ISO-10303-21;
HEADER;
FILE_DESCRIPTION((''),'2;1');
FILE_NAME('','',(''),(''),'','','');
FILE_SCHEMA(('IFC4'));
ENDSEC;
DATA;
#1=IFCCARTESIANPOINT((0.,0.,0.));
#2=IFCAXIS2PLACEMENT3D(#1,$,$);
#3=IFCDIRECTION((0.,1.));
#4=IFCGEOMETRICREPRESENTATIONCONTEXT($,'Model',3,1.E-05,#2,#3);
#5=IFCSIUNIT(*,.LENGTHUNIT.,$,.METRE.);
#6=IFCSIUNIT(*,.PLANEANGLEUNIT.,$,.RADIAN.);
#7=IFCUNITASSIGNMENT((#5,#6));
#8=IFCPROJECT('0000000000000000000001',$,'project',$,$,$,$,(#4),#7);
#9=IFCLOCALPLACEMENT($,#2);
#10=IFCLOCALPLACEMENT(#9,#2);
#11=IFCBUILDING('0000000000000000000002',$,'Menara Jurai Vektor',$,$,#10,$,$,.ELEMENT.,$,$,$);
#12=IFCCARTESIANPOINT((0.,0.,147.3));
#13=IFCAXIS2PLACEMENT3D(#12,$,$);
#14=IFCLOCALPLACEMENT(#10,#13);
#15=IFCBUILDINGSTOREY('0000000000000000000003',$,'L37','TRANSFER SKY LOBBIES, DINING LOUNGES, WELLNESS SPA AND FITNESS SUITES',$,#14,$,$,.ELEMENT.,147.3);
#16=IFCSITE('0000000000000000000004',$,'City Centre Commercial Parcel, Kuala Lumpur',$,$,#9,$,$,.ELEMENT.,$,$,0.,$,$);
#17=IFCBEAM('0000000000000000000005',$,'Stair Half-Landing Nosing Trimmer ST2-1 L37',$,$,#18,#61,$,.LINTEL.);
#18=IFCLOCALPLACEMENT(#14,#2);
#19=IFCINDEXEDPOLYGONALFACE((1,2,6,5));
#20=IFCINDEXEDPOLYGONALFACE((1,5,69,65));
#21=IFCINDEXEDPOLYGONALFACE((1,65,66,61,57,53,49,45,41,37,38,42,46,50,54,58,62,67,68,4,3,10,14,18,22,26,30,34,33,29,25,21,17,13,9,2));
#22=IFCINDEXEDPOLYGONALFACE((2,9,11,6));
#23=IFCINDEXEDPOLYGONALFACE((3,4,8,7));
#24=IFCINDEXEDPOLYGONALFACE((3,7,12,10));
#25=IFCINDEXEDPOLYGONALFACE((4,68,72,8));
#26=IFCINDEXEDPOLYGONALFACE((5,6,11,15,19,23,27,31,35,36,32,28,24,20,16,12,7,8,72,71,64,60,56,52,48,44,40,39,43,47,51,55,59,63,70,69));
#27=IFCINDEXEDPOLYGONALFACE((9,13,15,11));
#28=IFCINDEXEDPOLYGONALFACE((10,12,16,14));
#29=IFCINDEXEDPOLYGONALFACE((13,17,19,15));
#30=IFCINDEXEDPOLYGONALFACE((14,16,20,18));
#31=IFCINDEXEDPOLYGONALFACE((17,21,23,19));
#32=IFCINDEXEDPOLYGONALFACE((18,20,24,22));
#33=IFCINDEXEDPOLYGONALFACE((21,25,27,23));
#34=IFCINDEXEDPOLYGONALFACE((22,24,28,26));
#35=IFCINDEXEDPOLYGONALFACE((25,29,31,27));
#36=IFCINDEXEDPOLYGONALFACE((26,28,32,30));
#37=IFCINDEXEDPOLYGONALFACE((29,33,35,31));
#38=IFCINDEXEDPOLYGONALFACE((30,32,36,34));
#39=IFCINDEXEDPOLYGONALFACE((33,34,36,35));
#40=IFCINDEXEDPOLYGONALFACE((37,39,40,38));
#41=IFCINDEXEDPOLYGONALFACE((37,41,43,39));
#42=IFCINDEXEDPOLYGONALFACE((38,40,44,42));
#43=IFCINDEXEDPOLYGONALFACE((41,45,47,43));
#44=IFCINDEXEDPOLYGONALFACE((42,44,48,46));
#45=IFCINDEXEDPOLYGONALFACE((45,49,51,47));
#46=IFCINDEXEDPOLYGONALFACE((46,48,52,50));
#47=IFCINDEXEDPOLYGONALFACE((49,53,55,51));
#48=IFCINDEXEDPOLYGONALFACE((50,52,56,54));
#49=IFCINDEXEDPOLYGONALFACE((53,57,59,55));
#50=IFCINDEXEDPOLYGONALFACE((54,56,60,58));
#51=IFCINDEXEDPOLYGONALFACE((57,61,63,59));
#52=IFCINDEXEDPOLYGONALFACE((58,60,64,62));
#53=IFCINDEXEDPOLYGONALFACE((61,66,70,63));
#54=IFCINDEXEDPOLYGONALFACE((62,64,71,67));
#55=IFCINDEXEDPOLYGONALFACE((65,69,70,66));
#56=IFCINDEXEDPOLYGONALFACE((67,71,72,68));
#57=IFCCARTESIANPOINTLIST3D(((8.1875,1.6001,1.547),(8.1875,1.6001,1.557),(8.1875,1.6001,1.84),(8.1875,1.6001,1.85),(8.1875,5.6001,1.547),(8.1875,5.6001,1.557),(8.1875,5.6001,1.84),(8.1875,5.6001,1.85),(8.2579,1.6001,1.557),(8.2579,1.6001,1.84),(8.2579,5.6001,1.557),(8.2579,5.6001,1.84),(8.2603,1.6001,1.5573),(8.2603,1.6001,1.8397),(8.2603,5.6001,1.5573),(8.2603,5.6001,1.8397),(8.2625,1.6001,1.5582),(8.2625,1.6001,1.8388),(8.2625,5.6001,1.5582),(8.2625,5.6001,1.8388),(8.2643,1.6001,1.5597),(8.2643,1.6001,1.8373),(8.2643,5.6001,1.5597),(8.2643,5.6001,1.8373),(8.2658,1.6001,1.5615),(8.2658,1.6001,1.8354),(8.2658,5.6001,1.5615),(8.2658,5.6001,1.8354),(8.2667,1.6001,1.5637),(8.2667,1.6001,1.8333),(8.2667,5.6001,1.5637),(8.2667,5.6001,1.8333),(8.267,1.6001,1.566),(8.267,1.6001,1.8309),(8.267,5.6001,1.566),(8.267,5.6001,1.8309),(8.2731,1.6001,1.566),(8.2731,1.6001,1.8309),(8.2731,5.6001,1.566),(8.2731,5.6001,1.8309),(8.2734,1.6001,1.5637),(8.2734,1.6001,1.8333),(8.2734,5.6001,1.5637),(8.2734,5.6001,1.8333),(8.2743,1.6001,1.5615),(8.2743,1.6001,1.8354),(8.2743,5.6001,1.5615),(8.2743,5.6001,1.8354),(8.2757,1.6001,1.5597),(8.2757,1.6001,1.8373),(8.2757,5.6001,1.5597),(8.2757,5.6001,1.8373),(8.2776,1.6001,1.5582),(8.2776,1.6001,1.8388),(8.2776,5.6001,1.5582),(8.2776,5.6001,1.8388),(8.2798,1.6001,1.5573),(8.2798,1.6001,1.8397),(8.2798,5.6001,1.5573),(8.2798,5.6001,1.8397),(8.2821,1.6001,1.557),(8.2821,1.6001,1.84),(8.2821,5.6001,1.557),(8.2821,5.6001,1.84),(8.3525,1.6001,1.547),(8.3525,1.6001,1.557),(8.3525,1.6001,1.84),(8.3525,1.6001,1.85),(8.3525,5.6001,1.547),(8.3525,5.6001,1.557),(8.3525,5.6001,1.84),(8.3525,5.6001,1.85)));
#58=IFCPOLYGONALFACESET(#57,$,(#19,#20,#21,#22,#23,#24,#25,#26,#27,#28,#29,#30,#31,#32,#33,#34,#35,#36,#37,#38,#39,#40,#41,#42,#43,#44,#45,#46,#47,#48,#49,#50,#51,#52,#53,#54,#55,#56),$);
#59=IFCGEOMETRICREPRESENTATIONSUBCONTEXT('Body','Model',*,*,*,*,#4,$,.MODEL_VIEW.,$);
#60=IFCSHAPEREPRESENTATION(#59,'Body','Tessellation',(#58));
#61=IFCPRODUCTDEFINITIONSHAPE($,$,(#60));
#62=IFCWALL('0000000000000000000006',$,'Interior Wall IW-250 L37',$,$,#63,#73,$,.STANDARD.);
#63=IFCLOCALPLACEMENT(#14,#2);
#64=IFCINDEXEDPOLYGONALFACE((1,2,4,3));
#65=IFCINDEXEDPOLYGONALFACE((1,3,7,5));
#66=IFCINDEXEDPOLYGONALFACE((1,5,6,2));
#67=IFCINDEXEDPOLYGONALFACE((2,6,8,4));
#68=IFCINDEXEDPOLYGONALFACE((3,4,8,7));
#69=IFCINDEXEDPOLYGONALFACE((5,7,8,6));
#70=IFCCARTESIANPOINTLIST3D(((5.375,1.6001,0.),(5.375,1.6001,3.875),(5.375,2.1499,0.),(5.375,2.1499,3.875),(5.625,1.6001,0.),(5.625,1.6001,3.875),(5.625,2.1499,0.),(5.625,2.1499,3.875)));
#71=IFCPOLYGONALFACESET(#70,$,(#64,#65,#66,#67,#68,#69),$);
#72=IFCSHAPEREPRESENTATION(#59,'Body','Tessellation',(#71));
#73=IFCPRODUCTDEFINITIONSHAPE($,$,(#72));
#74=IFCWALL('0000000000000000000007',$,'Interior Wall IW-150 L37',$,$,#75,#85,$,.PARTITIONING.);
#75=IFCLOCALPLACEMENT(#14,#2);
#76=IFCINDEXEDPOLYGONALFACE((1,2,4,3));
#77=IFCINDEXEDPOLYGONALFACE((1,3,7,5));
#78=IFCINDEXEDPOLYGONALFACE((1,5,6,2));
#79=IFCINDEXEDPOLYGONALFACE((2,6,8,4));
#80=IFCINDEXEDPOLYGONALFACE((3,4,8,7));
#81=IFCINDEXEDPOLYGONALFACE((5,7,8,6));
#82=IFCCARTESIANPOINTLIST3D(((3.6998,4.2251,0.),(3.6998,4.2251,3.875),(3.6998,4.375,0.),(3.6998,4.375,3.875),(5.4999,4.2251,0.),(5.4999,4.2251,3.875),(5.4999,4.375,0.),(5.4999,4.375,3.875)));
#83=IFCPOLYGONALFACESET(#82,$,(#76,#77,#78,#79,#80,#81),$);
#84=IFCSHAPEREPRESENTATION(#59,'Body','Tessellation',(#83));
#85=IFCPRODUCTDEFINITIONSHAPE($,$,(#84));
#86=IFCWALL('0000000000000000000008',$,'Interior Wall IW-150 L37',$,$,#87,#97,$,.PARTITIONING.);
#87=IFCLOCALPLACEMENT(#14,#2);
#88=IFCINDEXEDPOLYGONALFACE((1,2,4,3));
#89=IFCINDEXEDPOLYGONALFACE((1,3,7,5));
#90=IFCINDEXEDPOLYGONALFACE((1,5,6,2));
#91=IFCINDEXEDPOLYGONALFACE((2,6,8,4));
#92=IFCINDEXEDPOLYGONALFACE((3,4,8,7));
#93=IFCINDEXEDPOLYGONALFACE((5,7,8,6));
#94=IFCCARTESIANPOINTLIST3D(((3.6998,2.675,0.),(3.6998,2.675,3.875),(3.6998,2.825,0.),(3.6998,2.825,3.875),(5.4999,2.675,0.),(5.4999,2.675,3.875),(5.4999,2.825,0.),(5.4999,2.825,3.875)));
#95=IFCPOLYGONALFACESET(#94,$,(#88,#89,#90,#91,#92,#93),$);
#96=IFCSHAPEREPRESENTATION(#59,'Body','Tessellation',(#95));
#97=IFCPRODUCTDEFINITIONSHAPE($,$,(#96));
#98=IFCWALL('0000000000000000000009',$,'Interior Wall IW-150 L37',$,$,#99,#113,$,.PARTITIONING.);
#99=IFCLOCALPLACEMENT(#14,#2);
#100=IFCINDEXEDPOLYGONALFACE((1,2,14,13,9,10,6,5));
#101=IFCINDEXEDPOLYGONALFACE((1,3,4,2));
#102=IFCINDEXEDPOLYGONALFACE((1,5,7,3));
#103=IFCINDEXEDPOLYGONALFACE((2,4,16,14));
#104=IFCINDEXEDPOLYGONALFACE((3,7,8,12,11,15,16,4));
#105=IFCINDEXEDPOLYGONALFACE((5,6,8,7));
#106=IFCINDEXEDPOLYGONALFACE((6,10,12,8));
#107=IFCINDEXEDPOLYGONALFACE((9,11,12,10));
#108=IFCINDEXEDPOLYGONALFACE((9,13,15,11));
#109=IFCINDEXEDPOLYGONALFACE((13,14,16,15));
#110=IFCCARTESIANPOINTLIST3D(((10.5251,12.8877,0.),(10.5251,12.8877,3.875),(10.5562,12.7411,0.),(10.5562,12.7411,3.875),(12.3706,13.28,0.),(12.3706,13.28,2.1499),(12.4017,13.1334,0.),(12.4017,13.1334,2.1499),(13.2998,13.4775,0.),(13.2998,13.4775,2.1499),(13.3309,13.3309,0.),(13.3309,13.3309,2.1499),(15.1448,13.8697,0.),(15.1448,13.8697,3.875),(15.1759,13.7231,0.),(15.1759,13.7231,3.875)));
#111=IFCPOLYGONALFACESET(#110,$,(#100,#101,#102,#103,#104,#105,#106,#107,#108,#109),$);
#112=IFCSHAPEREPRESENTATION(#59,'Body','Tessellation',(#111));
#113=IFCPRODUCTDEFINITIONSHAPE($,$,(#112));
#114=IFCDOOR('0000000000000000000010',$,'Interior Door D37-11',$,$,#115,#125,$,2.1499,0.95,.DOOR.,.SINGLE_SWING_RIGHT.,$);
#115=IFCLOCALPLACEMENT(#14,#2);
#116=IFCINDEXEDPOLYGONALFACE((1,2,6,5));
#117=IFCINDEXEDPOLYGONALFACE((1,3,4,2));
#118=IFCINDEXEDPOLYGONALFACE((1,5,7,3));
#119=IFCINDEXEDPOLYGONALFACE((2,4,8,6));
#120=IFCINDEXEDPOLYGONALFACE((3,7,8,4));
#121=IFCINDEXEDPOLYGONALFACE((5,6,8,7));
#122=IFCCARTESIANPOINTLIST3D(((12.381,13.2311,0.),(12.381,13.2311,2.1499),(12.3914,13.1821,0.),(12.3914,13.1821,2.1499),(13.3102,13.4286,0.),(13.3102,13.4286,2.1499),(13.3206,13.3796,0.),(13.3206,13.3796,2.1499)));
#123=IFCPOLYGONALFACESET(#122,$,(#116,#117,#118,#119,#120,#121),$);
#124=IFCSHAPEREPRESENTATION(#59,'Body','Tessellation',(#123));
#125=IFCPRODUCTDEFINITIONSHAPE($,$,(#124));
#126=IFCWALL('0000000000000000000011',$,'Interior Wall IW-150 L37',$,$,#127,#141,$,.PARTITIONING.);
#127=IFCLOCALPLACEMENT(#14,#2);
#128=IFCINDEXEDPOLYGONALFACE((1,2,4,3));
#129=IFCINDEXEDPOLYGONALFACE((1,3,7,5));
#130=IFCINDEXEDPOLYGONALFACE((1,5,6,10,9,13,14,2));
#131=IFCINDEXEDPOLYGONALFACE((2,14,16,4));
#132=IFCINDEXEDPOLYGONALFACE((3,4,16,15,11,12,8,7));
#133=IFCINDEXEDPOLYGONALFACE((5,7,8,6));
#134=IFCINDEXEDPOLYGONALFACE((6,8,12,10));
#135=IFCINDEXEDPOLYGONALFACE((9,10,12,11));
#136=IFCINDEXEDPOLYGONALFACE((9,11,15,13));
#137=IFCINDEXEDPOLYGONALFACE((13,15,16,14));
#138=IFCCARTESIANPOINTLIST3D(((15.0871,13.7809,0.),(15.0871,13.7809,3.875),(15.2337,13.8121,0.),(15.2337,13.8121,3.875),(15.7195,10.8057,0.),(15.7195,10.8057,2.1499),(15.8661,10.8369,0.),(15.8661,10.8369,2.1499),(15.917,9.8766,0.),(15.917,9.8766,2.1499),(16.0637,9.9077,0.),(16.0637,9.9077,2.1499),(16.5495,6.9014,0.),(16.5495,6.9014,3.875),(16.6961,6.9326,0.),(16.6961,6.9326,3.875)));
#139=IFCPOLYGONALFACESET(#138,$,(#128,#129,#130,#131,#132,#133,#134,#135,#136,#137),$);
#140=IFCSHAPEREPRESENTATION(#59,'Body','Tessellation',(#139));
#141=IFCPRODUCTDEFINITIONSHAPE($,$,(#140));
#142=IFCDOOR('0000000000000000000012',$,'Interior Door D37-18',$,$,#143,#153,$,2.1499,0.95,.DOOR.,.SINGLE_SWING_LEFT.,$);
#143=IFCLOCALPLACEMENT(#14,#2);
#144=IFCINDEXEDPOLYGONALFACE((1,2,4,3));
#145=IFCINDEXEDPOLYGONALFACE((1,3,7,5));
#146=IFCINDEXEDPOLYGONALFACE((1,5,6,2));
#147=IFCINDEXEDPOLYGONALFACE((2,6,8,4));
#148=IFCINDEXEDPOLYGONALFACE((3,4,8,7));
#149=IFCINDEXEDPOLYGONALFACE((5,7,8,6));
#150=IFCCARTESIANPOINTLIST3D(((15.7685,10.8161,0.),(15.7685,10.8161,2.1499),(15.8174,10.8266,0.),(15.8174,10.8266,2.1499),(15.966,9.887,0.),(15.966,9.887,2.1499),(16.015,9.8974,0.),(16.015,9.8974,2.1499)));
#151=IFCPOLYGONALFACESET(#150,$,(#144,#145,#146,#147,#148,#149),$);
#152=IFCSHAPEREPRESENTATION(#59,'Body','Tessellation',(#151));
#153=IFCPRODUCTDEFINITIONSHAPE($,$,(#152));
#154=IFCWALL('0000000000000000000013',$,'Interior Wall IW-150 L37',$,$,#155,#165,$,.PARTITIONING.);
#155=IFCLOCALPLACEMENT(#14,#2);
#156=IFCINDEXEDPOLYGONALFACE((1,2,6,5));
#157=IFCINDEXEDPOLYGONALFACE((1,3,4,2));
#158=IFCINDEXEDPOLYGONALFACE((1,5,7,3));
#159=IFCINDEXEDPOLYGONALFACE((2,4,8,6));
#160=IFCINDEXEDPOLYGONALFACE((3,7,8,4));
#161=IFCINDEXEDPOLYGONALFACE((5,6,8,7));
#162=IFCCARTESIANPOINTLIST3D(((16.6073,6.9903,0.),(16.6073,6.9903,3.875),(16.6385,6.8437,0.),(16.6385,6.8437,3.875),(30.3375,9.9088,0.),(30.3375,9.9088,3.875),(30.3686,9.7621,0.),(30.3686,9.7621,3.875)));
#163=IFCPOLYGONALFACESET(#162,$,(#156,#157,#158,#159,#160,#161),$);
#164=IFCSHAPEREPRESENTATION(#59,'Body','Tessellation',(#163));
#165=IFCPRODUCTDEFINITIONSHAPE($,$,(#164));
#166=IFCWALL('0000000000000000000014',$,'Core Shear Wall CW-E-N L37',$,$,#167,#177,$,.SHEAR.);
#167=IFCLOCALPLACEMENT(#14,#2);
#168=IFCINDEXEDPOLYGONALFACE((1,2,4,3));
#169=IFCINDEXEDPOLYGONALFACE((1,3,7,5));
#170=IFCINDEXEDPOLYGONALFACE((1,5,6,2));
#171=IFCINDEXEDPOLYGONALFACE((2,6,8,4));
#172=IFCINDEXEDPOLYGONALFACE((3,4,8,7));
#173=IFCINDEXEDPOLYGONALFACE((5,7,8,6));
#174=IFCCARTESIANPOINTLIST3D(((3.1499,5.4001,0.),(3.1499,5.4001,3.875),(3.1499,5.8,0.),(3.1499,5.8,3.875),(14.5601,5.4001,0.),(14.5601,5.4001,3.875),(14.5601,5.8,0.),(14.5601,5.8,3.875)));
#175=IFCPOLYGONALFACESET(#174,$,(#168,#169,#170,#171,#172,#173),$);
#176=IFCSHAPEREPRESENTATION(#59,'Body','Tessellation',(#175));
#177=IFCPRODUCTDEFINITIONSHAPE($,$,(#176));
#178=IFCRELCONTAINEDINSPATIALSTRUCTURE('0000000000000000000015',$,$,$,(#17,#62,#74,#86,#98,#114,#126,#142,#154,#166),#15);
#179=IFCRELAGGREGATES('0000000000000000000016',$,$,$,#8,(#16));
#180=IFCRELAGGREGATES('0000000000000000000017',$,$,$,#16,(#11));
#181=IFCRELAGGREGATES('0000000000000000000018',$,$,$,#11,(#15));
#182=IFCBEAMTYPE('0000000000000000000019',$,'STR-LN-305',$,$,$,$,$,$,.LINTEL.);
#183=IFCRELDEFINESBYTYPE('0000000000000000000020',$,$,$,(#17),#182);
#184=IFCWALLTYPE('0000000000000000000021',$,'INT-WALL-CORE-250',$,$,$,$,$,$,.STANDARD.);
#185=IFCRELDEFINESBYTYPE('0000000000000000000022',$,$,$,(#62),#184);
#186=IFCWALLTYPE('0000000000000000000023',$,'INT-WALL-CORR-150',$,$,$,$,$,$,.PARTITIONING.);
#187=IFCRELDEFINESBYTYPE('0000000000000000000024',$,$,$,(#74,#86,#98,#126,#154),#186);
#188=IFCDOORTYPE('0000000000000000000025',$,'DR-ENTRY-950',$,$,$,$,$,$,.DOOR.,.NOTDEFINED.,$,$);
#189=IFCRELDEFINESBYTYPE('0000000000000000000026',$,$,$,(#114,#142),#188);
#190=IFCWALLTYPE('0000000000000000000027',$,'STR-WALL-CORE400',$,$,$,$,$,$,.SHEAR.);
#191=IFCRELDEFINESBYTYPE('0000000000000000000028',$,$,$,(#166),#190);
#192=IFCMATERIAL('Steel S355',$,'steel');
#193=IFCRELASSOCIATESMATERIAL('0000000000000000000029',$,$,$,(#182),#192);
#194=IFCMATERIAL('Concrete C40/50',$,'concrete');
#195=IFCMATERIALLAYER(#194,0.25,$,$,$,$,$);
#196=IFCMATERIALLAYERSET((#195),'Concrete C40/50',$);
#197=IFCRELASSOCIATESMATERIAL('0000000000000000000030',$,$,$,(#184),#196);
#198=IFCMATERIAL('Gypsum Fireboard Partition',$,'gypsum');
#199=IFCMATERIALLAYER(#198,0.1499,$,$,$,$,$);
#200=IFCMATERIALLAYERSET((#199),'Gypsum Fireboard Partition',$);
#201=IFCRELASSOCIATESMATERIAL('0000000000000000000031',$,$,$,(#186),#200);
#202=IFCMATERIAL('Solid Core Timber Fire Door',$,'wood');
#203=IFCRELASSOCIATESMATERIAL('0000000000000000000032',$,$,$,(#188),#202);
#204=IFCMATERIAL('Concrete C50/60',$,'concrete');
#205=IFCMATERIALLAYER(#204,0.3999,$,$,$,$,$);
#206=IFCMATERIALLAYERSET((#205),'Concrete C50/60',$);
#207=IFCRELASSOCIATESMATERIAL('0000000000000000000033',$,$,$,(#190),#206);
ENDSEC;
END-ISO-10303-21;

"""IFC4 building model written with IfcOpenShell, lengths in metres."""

from ifc_helpers import new_model, si_unit, direction, frame, frame_2d, origin, origin_2d, place, context, subcontext, project, spatial, rectangle, i_section, extrude, material, layer, layer_set, material_profile, profile_set, type_object, element, fill, save


model = new_model("IFC4")

# Units and contexts
model_context = context("Model", 3, precision=1e-05, world=origin(), true_north=direction((0.0, 1.0)))
body_context = subcontext(model_context, "Body", "Model", "MODEL_VIEW")
ifc_project = project(units=[si_unit("LENGTHUNIT", "METRE"), si_unit("PLANEANGLEUNIT", "RADIAN")], contexts=[model_context])

# Site, building, storey
site_placement = place(None, origin())
site = spatial("IfcSite", under=ifc_project, at=site_placement, Name="City Centre Commercial Parcel, Kuala Lumpur", CompositionType="ELEMENT", RefElevation=0.0)
building_placement = place(site_placement, origin())
building = spatial("IfcBuilding", under=site, at=building_placement, Name="Menara Jurai Vektor", CompositionType="ELEMENT")
storey_placement = place(building_placement, frame((0.0, 0.0, 147.3)))
storey = spatial("IfcBuildingStorey", under=building, at=storey_placement, Name="L37", Description="TRANSFER SKY LOBBIES, DINING LOUNGES, WELLNESS SPA AND FITNESS SUITES", CompositionType="ELEMENT", Elevation=147.3)

# Shared definitions
ifc_material_1 = material(Name="Concrete C50/60", Category="concrete")
ifc_material_2 = material(Name="Steel S355", Category="steel")

# Beam
ifc_material_profile_1 = material_profile(ifc_material_2, i_section(OverallWidth=0.165, OverallDepth=0.303, WebThickness=0.0061, FlangeThickness=0.01, FilletRadius=0.009, at=origin_2d()), Name="UKB 305x165x40")
ifc_profile_set_1 = profile_set([ifc_material_profile_1], Name="Steel S355")
beam_type_1 = type_object("IfcBeamType", Name="STR-LN-305", PredefinedType="LINTEL", material=ifc_profile_set_1)
beam_1_placement = place(storey_placement, frame((8.27, 1.6001, 1.6985), z_axis=(0.0, 1.0, 0.0), x_axis=(-1.0, 0.0, 0.0)))
element("IfcBeam", 1, at=beam_1_placement, inside=storey, type_object=beam_type_1, Name="Stair Half-Landing Nosing Trimmer ST2-1 L37", PredefinedType="LINTEL", context=body_context, shape_type="SweptSolid", body=[
    extrude(i_section(OverallWidth=0.165, OverallDepth=0.303, WebThickness=0.0061, FlangeThickness=0.01, FilletRadius=0.009, at=origin_2d()), origin(), (0.0, 0.0, 1.0), 4.0),
])

# Shared definitions
ifc_material_3 = material(Name="Concrete C40/50", Category="concrete")
ifc_layer_1 = layer(ifc_material_3, 0.25)
ifc_layer_set_1 = layer_set([ifc_layer_1], Name="Concrete C40/50")
wall_type_1 = type_object("IfcWallType", Name="INT-WALL-CORE-250", PredefinedType="STANDARD", material=ifc_layer_set_1)

# Walls
wall_1_placement = place(storey_placement, frame((5.5, 1.6001, 0.0), z_axis=(0.0, 0.0, 1.0), x_axis=(0.0, 1.0, 0.0)))
element("IfcWall", 2, at=wall_1_placement, inside=storey, type_object=wall_type_1, Name="Interior Wall IW-250 L37", PredefinedType="STANDARD", context=body_context, shape_type="SweptSolid", body=[
    extrude(rectangle(XDim=0.5498, YDim=0.25, at=frame_2d((0.2749, 0.0))), origin(), (0.0, 0.0, 1.0), 3.875),
])
ifc_material_4 = material(Name="Gypsum Fireboard Partition", Category="gypsum")
ifc_layer_2 = layer(ifc_material_4, 0.1499)
ifc_layer_set_2 = layer_set([ifc_layer_2], Name="Gypsum Fireboard Partition")
wall_type_2 = type_object("IfcWallType", Name="INT-WALL-CORR-150", PredefinedType="PARTITIONING", material=ifc_layer_set_2)
for number, where, z_axis, x_axis, name in (
    (3, (3.7, 4.3, 0.0), (0.0, 0.0, 1.0), (1.0, 0.0, 0.0), "Interior Wall IW-150 L37"),
    (4, (3.7, 2.75, 0.0), (0.0, 0.0, 1.0), (1.0, 0.0, 0.0), "Interior Wall IW-150 L37"),
):
    element("IfcWall", number, at=place(storey_placement, frame(where, z_axis=z_axis, x_axis=x_axis)), inside=storey, type_object=wall_type_2, Name=name, PredefinedType="PARTITIONING", context=body_context, shape_type="SweptSolid", body=[
        extrude(rectangle(XDim=1.8, YDim=0.1499, at=frame_2d((0.8999, 0.0))), origin(), (0.0, 0.0, 1.0), 3.875),
    ])

# Walls, openings, doors
wall_2_placement = place(storey_placement, frame((10.5408, 12.8145, 0.0), z_axis=(0.0, 0.0, 1.0), x_axis=(0.978148, 0.207912, 0.0)))
wall_2 = element("IfcWall", 5, at=wall_2_placement, inside=storey, type_object=wall_type_2, Name="Interior Wall IW-150 L37", PredefinedType="PARTITIONING", context=body_context, shape_type="SweptSolid", body=[
    extrude(rectangle(XDim=4.7229, YDim=0.1499, at=frame_2d((2.3613, 0.0))), origin(), (0.0, 0.0, 1.0), 3.875),
])
opening_1_placement = place(wall_2_placement, frame((1.8865, 0.0, 0.0)))
opening_1 = element("IfcOpeningElement", 6, at=opening_1_placement, cuts=wall_2, PredefinedType="OPENING", context=body_context, shape_type="SweptSolid", body=[
    extrude(rectangle(XDim=0.95, YDim=2.1499, at=frame_2d((0.4751, 1.075))), frame((0.0, 0.085, 0.0), z_axis=(0.0, -1.0, 0.0), x_axis=(1.0, 0.0, 0.0)), (0.0, 0.0, 1.0), 0.1699),
])
ifc_material_5 = material(Name="Solid Core Timber Fire Door", Category="wood")
door_type_1 = type_object("IfcDoorType", Name="DR-ENTRY-950", OperationType="NOTDEFINED", PredefinedType="DOOR", material=ifc_material_5)
door_1_placement = place(opening_1_placement, origin())
door_1 = element("IfcDoor", 7, at=door_1_placement, inside=storey, type_object=door_type_1, Name="Interior Door D37-11", OperationType="SINGLE_SWING_RIGHT", OverallHeight=2.1499, OverallWidth=0.95, PredefinedType="DOOR", context=body_context, shape_type="SweptSolid", body=[
    extrude(rectangle(XDim=0.95, YDim=2.1499, at=frame_2d((0.4751, 1.075))), frame((0.0, 0.0249, 0.0), z_axis=(0.0, -1.0, 0.0), x_axis=(1.0, 0.0, 0.0)), (0.0, 0.0, 1.0), 0.05),
])
fill(opening_1, door_1)
wall_3_placement = place(storey_placement, frame((16.6228, 6.917, 0.0), z_axis=(0.0, 0.0, 1.0), x_axis=(-0.207931, 0.978143, 0.0)))
wall_3 = element("IfcWall", 8, at=wall_3_placement, inside=storey, type_object=wall_type_2, Name="Interior Wall IW-150 L37", PredefinedType="PARTITIONING", context=body_context, shape_type="SweptSolid", body=[
    extrude(rectangle(XDim=7.0332, YDim=0.1499, at=frame_2d((3.5166, 0.0))), origin(), (0.0, 0.0, 1.0), 3.875),
])
opening_2_placement = place(wall_3_placement, frame((3.0415, 0.0, 0.0)))
opening_2 = element("IfcOpeningElement", 9, at=opening_2_placement, cuts=wall_3, PredefinedType="OPENING", context=body_context, shape_type="SweptSolid", body=[
    extrude(rectangle(XDim=0.95, YDim=2.1499, at=frame_2d((0.4751, 1.075))), frame((0.0, 0.085, 0.0), z_axis=(0.0, -1.0, 0.0), x_axis=(1.0, 0.0, 0.0)), (0.0, 0.0, 1.0), 0.1699),
])
door_2_placement = place(opening_2_placement, origin())
door_2 = element("IfcDoor", 10, at=door_2_placement, inside=storey, type_object=door_type_1, Name="Interior Door D37-18", OperationType="SINGLE_SWING_LEFT", OverallHeight=2.1499, OverallWidth=0.95, PredefinedType="DOOR", context=body_context, shape_type="SweptSolid", body=[
    extrude(rectangle(XDim=0.95, YDim=2.1499, at=frame_2d((0.4751, 1.075))), frame((0.0, 0.0249, 0.0), z_axis=(0.0, -1.0, 0.0), x_axis=(1.0, 0.0, 0.0)), (0.0, 0.0, 1.0), 0.05),
])
fill(opening_2, door_2)

# Walls
wall_4_placement = place(storey_placement, frame((16.6228, 6.917, 0.0), z_axis=(0.0, 0.0, 1.0), x_axis=(0.978147, 0.207912, 0.0)))
element("IfcWall", 11, at=wall_4_placement, inside=storey, type_object=wall_type_2, Name="Interior Wall IW-150 L37", PredefinedType="PARTITIONING", context=body_context, shape_type="SweptSolid", body=[
    extrude(rectangle(XDim=14.0369, YDim=0.1499, at=frame_2d((7.0186, 0.0))), origin(), (0.0, 0.0, 1.0), 3.875),
])
ifc_layer_3 = layer(ifc_material_1, 0.3999)
ifc_layer_set_3 = layer_set([ifc_layer_3], Name="Concrete C50/60")
wall_type_3 = type_object("IfcWallType", Name="STR-WALL-CORE400", PredefinedType="SHEAR", material=ifc_layer_set_3)
wall_5_placement = place(storey_placement, frame((3.1499, 5.6001, 0.0), z_axis=(0.0, 0.0, 1.0), x_axis=(1.0, 0.0, 0.0)))
element("IfcWall", 12, at=wall_5_placement, inside=storey, type_object=wall_type_3, Name="Core Shear Wall CW-E-N L37", PredefinedType="SHEAR", context=body_context, shape_type="SweptSolid", body=[
    extrude(rectangle(XDim=11.4102, YDim=0.3999, at=frame_2d((5.7051, 0.0))), origin(), (0.0, 0.0, 1.0), 3.875),
])

save(model, "model.ifc")
